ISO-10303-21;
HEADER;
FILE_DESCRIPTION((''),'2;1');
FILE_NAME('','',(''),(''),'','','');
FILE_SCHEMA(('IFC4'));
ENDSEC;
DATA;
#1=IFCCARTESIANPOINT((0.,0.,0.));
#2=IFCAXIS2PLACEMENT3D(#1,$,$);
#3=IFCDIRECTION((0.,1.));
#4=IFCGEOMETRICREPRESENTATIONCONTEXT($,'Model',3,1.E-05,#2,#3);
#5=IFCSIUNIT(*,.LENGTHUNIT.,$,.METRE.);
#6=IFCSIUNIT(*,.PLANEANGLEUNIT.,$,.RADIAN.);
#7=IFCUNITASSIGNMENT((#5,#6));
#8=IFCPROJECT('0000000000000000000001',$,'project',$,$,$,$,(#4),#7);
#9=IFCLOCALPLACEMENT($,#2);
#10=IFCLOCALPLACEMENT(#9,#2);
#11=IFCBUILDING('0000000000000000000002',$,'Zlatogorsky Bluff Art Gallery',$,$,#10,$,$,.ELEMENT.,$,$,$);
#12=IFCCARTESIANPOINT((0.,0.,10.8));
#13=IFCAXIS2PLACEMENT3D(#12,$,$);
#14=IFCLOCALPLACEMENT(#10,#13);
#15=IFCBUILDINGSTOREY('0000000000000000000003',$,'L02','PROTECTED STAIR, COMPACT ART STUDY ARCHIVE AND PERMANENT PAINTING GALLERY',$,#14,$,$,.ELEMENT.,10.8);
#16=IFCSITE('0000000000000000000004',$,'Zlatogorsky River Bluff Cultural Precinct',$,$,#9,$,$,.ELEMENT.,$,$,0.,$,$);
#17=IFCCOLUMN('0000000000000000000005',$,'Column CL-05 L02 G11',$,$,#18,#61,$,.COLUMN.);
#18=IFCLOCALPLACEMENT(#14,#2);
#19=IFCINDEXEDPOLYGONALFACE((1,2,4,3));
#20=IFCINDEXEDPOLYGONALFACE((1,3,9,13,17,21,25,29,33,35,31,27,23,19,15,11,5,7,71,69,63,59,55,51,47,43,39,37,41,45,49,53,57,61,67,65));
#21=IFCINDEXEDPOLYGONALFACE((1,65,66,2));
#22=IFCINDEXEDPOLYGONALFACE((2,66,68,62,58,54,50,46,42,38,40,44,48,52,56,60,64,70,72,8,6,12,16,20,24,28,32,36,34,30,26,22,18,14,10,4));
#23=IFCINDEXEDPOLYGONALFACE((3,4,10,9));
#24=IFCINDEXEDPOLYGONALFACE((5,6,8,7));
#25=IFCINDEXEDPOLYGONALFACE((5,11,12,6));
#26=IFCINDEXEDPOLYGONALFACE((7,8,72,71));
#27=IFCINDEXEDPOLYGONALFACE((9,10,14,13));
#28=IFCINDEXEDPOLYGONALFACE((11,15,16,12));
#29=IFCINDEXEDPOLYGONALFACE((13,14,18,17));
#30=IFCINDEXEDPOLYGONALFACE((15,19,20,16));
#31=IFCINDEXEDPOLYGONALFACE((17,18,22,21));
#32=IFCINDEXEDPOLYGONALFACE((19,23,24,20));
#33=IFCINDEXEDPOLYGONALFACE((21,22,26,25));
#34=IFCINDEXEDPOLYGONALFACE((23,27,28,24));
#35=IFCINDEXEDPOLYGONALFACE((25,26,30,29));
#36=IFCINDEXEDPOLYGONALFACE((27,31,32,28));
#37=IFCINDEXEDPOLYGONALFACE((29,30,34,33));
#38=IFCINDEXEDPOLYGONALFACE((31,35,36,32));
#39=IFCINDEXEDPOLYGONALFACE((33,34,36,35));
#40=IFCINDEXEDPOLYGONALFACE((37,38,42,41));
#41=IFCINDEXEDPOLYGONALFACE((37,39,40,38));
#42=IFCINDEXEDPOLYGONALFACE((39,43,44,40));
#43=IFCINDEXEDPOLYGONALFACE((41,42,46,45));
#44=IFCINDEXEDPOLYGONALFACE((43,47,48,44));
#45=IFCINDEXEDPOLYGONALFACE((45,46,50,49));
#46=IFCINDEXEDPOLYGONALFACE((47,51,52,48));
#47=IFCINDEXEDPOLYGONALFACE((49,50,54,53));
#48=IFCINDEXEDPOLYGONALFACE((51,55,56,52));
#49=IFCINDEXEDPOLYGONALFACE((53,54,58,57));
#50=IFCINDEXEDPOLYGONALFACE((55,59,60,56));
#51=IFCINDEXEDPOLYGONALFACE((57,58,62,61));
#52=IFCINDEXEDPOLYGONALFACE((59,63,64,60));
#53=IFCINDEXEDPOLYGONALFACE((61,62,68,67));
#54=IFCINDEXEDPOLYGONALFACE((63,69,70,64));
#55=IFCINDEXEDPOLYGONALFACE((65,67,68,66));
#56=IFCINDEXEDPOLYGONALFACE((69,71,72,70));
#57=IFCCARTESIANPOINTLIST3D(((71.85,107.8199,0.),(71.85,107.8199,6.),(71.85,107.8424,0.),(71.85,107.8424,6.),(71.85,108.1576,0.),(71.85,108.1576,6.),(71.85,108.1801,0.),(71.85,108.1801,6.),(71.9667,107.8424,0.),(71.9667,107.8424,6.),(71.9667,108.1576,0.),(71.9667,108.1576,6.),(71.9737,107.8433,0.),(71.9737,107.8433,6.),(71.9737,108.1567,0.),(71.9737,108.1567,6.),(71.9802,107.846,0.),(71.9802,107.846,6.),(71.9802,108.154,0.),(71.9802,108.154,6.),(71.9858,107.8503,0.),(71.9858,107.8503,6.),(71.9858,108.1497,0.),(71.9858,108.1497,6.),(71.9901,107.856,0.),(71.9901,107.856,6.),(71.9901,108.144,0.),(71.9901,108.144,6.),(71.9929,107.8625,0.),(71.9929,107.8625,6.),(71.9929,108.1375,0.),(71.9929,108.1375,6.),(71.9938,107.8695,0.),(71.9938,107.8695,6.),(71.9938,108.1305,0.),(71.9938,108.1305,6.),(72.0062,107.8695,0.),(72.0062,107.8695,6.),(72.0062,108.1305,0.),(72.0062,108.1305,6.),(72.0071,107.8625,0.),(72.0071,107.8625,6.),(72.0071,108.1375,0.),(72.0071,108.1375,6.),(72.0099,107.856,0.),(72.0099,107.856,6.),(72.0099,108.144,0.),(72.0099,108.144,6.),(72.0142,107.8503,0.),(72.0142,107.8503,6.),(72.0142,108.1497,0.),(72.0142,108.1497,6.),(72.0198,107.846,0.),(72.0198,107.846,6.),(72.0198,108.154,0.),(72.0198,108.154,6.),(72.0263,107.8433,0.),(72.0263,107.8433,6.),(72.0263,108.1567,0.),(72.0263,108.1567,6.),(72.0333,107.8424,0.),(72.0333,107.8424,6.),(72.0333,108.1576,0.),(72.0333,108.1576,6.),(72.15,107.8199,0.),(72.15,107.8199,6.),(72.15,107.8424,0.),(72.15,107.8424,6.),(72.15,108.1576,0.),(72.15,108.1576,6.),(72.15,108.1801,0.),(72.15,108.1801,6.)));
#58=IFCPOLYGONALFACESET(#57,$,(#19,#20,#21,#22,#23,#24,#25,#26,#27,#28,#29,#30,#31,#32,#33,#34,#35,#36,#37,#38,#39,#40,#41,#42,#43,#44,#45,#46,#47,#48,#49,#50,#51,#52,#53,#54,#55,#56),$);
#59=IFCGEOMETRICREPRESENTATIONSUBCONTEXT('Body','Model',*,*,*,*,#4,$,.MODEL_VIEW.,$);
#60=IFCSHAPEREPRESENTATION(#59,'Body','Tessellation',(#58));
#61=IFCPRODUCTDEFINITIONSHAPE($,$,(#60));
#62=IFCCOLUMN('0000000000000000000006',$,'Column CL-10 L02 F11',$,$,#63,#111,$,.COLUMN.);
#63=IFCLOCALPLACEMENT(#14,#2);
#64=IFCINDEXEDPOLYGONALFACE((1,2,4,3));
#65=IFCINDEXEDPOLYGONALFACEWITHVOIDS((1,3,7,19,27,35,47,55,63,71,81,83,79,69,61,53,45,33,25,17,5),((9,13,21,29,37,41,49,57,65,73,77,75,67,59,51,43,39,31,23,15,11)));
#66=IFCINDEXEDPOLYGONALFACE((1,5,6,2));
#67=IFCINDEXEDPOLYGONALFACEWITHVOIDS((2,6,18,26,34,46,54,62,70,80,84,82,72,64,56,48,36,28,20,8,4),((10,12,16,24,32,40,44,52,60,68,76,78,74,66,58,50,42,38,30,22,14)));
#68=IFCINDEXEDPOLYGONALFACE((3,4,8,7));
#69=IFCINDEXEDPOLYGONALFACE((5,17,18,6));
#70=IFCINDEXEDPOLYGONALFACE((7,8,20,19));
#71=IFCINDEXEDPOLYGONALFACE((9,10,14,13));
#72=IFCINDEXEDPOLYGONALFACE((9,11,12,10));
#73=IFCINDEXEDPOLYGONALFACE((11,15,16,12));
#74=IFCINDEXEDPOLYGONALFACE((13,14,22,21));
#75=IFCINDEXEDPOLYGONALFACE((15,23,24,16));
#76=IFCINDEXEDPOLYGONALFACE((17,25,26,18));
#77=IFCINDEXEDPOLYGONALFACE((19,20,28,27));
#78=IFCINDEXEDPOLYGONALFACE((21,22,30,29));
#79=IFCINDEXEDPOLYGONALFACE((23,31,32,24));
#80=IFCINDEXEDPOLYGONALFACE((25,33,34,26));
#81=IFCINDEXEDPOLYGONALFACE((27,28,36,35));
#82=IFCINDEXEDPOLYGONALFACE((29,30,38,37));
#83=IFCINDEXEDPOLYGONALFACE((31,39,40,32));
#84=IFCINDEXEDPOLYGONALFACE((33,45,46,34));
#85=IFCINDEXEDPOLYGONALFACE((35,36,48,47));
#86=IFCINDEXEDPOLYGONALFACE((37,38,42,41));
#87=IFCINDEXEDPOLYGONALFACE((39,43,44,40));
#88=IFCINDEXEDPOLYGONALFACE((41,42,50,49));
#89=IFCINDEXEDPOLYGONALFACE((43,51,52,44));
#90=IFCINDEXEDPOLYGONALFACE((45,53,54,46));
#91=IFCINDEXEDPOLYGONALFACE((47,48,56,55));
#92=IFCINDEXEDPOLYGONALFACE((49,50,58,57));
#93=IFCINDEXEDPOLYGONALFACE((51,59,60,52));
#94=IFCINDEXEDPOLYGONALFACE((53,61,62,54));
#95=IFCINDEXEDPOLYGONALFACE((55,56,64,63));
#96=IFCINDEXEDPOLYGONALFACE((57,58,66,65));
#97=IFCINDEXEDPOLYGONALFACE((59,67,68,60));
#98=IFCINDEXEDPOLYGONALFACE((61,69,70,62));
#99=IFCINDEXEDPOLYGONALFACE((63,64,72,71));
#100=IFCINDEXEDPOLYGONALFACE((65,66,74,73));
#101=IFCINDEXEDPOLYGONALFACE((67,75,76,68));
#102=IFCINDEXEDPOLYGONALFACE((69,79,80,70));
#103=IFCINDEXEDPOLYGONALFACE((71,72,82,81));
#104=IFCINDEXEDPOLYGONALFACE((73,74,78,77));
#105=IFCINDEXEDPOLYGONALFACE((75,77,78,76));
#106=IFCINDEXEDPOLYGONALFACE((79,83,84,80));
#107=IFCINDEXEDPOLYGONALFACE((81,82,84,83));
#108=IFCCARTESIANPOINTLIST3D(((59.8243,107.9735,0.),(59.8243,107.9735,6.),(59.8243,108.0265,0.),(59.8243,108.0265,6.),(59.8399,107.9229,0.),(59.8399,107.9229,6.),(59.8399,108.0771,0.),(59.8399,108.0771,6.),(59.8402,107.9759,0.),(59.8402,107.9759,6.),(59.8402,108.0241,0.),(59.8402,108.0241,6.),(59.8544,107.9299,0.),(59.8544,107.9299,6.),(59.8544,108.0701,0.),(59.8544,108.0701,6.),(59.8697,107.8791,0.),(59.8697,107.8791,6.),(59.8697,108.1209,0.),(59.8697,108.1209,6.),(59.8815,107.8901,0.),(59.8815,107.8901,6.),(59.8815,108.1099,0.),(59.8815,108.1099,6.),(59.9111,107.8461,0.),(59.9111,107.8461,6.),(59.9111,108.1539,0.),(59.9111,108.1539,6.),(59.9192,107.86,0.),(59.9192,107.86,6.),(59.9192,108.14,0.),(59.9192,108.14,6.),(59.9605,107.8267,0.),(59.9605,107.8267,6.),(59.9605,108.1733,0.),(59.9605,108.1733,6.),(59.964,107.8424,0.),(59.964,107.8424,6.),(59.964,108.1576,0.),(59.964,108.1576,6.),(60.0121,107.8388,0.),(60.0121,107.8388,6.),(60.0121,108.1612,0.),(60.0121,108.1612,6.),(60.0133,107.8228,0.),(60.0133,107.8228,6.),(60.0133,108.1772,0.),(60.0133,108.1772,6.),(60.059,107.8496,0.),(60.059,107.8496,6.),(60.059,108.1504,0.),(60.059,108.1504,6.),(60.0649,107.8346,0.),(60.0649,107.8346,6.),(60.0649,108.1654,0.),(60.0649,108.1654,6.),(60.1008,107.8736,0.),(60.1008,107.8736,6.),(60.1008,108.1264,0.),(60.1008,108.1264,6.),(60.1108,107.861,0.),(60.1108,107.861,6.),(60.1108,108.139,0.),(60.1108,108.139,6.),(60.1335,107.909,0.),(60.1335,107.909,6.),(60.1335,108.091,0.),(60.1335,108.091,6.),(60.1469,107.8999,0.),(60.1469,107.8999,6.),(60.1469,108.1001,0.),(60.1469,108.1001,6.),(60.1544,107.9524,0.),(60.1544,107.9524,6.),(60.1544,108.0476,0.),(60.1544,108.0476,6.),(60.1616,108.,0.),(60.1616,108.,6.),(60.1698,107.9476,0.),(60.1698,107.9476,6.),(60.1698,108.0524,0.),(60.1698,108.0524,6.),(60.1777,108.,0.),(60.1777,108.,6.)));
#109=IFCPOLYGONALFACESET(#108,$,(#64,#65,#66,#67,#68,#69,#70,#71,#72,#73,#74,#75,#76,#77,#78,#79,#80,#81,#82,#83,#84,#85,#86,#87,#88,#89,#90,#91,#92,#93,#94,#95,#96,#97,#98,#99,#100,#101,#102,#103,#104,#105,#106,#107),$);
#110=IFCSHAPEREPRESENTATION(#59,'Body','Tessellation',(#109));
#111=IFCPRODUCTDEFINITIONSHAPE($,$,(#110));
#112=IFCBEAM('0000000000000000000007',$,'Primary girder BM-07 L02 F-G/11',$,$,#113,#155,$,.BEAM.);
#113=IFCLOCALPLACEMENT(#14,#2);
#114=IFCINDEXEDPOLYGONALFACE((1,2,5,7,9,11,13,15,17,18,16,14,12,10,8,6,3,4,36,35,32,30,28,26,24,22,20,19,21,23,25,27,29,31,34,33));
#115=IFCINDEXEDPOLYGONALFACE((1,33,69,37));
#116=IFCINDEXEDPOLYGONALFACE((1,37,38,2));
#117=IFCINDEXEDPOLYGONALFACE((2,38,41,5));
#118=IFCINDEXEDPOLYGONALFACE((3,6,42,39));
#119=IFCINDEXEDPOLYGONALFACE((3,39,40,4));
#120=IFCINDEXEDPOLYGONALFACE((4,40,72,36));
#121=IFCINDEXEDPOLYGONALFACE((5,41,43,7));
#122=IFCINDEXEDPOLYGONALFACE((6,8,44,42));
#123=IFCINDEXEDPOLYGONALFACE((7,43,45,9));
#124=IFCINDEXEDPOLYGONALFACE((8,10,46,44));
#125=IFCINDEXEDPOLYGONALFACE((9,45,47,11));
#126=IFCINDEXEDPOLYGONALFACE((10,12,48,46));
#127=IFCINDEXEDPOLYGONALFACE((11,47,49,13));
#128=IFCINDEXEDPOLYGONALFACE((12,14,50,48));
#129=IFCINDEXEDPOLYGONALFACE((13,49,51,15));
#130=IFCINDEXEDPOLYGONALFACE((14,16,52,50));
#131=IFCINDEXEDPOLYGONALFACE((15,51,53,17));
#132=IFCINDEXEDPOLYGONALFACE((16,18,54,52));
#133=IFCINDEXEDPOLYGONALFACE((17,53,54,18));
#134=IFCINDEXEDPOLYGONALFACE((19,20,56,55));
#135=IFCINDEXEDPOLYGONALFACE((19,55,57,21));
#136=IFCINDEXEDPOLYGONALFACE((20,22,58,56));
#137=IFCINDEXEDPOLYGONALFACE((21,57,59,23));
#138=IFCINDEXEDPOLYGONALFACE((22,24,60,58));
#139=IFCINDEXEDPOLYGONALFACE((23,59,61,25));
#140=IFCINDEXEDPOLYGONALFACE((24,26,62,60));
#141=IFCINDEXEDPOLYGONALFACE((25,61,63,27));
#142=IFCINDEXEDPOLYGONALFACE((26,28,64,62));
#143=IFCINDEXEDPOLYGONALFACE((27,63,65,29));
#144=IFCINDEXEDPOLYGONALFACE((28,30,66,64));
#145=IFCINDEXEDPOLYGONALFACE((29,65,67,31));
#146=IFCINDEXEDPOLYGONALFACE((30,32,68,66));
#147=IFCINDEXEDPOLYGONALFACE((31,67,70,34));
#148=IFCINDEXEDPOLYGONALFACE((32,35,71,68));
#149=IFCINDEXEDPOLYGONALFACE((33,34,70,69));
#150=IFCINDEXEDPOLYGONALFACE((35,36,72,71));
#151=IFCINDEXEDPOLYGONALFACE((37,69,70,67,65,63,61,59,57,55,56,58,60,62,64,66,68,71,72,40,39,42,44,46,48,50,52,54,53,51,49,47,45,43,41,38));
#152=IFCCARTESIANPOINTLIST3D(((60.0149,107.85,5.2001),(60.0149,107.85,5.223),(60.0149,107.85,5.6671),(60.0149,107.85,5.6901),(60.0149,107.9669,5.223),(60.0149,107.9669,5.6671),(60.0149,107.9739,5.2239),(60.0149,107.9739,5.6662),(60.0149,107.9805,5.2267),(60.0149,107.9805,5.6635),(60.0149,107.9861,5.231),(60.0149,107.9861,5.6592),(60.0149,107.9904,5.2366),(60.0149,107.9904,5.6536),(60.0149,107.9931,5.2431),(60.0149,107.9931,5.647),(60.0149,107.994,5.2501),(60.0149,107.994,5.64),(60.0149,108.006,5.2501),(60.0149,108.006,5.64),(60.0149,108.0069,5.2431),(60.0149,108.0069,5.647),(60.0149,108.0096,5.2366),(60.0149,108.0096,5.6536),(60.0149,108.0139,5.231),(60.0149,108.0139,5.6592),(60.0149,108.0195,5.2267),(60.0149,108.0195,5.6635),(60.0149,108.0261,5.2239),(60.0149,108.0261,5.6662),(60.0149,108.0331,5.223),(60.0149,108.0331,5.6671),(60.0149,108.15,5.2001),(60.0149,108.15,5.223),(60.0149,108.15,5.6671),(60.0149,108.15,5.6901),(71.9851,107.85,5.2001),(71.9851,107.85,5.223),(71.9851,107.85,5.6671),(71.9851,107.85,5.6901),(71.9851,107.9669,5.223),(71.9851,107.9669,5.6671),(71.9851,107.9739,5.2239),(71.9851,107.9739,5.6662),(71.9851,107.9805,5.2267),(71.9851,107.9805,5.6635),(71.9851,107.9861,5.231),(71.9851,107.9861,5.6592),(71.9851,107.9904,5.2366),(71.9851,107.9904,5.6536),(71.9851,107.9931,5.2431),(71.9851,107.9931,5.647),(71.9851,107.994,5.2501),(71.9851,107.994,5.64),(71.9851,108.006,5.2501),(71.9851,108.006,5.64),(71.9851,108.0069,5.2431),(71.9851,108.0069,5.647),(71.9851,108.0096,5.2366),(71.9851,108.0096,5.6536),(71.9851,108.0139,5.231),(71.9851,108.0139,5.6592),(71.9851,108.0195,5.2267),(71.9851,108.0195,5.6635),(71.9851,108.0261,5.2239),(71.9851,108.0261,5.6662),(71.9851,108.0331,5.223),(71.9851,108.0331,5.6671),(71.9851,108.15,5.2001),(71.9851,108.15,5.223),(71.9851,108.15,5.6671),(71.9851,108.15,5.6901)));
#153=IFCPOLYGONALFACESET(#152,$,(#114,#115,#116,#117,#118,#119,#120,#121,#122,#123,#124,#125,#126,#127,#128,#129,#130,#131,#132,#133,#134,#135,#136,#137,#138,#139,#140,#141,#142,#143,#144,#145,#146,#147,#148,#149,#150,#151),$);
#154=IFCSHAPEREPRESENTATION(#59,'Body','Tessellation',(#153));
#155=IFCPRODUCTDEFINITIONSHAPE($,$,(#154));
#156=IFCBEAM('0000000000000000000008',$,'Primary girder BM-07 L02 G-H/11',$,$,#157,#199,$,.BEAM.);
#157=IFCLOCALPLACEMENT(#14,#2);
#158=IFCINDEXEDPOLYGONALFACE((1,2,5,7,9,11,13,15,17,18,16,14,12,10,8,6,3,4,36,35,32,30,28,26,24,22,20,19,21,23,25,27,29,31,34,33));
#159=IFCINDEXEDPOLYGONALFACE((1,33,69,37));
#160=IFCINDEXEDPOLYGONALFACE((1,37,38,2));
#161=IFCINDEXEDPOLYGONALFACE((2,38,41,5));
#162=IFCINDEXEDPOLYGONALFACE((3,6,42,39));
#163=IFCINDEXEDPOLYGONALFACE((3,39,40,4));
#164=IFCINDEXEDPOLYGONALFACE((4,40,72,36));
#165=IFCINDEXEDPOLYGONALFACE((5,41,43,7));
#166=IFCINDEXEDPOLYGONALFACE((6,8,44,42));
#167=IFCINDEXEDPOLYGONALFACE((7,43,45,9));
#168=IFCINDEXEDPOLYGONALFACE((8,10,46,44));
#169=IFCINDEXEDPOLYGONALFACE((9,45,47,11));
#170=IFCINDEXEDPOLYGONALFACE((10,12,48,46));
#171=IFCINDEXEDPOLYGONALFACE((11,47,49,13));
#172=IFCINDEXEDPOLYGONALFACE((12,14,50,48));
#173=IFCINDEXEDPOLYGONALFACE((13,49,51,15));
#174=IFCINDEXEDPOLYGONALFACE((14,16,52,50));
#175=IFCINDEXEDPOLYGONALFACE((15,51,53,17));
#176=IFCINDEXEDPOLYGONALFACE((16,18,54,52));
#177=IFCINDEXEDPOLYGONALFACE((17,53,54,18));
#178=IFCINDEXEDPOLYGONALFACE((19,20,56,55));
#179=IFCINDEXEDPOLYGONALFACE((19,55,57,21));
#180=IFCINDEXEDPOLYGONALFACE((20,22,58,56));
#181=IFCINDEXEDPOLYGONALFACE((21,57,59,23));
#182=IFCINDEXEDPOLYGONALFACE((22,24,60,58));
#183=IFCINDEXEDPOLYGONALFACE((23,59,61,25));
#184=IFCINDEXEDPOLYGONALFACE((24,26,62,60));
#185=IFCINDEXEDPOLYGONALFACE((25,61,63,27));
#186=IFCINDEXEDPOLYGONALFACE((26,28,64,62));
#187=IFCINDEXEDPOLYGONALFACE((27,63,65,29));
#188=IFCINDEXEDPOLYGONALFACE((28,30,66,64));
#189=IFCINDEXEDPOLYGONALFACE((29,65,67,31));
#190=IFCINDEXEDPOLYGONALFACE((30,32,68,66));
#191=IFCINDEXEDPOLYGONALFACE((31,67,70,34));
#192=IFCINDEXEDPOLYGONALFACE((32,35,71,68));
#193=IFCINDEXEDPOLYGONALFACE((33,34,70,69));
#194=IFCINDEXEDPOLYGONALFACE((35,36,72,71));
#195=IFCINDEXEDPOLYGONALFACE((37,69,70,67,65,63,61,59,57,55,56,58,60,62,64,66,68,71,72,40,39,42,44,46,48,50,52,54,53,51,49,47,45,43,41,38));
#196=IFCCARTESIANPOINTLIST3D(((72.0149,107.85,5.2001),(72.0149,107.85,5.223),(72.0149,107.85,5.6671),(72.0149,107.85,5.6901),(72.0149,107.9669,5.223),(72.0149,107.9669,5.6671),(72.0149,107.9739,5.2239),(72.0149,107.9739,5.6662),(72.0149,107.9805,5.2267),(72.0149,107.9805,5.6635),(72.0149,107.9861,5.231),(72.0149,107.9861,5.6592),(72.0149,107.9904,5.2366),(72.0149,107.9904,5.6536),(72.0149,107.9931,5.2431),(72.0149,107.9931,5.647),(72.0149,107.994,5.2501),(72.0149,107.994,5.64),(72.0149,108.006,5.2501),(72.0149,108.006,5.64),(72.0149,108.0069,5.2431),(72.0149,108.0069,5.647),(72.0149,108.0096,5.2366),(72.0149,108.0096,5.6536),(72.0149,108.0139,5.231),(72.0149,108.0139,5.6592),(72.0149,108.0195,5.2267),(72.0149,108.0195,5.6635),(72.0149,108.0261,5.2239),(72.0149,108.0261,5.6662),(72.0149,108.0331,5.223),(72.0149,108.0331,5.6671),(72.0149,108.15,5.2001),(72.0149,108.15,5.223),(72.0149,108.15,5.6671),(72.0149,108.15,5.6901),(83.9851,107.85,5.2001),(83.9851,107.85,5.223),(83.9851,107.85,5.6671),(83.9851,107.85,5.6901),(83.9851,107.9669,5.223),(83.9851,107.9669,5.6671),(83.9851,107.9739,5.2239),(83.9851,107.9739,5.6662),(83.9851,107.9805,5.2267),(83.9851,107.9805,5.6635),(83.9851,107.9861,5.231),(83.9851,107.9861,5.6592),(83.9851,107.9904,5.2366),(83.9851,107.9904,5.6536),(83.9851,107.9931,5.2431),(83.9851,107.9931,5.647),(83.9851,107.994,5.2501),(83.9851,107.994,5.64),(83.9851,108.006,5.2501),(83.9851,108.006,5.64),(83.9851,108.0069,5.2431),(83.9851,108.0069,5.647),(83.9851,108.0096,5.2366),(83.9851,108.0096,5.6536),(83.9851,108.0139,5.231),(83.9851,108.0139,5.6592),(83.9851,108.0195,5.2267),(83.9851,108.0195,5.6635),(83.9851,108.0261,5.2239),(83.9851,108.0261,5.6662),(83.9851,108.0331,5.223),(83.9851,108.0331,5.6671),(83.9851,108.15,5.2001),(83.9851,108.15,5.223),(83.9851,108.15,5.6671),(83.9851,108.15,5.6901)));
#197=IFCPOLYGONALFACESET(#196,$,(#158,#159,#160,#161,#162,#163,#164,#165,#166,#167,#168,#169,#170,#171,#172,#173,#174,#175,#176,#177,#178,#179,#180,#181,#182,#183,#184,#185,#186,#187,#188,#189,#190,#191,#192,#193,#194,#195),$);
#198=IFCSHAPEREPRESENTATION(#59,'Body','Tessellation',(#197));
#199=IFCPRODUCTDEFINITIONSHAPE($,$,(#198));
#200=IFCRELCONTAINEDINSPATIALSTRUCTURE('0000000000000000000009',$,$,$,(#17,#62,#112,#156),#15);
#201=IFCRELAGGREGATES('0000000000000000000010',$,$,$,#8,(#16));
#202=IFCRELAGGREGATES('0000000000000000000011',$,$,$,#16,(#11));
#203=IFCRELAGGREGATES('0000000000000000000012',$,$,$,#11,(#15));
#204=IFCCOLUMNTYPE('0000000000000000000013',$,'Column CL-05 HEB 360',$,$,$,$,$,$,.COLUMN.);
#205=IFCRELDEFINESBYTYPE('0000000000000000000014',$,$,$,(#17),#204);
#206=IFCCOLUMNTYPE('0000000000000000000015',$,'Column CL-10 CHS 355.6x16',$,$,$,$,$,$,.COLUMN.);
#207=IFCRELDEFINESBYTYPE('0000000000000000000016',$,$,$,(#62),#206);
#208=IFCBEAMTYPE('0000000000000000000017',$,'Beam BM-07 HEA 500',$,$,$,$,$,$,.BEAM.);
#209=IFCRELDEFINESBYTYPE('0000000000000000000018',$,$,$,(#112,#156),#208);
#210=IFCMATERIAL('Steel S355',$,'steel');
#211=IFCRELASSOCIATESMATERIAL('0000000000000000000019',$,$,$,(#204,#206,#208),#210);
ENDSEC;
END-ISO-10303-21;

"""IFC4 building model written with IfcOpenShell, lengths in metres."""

from ifc_helpers import new_model, si_unit, direction, frame, origin, origin_2d, place, context, subcontext, project, spatial, hollow_circle, i_section, extrude, material, material_profile, profile_set, type_object, element, save


model = new_model("IFC4")

# Units and contexts
model_context = context("Model", 3, precision=1e-05, world=origin(), true_north=direction((0.0, 1.0)))
body_context = subcontext(model_context, "Body", "Model", "MODEL_VIEW")
ifc_project = project(units=[si_unit("LENGTHUNIT", "METRE"), si_unit("PLANEANGLEUNIT", "RADIAN")], contexts=[model_context])

# Site, building, storey
site_placement = place(None, origin())
site = spatial("IfcSite", under=ifc_project, at=site_placement, Name="Zlatogorsky River Bluff Cultural Precinct", CompositionType="ELEMENT", RefElevation=0.0)
building_placement = place(site_placement, origin())
building = spatial("IfcBuilding", under=site, at=building_placement, Name="Zlatogorsky Bluff Art Gallery", CompositionType="ELEMENT")
storey_placement = place(building_placement, frame((0.0, 0.0, 10.8)))
storey = spatial("IfcBuildingStorey", under=building, at=storey_placement, Name="L02", Description="PROTECTED STAIR, COMPACT ART STUDY ARCHIVE AND PERMANENT PAINTING GALLERY", CompositionType="ELEMENT", Elevation=10.8)

# Columns
ifc_material = material(Name="Steel S355", Category="steel")
ifc_material_profile_1 = material_profile(ifc_material, i_section(OverallWidth=0.3, OverallDepth=0.3601, WebThickness=0.0125, FlangeThickness=0.0225, FilletRadius=0.0271, at=origin_2d()), Name="HEB 360")
ifc_profile_set_1 = profile_set([ifc_material_profile_1], Name="Steel S355")
column_type_1 = type_object("IfcColumnType", Name="Column CL-05 HEB 360", PredefinedType="COLUMN", material=ifc_profile_set_1)
column_1_placement = place(storey_placement, frame((72.0, 108.0, 0.0), z_axis=(0.0, 0.0, 1.0), x_axis=(1.0, 0.0, 0.0)))
element("IfcColumn", 1, at=column_1_placement, inside=storey, type_object=column_type_1, Name="Column CL-05 L02 G11", PredefinedType="COLUMN", context=body_context, shape_type="SweptSolid", body=[
    extrude(i_section(OverallWidth=0.3, OverallDepth=0.3601, WebThickness=0.0125, FlangeThickness=0.0225, FilletRadius=0.0271, at=origin_2d()), origin(), (0.0, 0.0, 1.0), 6.0),
])
ifc_material_profile_2 = material_profile(ifc_material, hollow_circle(Radius=0.1777, WallThickness=0.0161, at=origin_2d()), Name="CHS 355.6x16")
ifc_profile_set_2 = profile_set([ifc_material_profile_2], Name="Steel S355")
column_type_2 = type_object("IfcColumnType", Name="Column CL-10 CHS 355.6x16", PredefinedType="COLUMN", material=ifc_profile_set_2)
column_2_placement = place(storey_placement, frame((60.0, 108.0, 0.0), z_axis=(0.0, 0.0, 1.0), x_axis=(1.0, 0.0, 0.0)))
element("IfcColumn", 2, at=column_2_placement, inside=storey, type_object=column_type_2, Name="Column CL-10 L02 F11", PredefinedType="COLUMN", context=body_context, shape_type="SweptSolid", body=[
    extrude(hollow_circle(Radius=0.1777, WallThickness=0.0161, at=origin_2d()), origin(), (0.0, 0.0, 1.0), 6.0),
])

# Beams
ifc_material_profile_3 = material_profile(ifc_material, i_section(OverallWidth=0.3, OverallDepth=0.49, WebThickness=0.012, FlangeThickness=0.0229, FilletRadius=0.0271, at=origin_2d()), Name="HEA 500")
ifc_profile_set_3 = profile_set([ifc_material_profile_3], Name="Steel S355")
beam_type_1 = type_object("IfcBeamType", Name="Beam BM-07 HEA 500", PredefinedType="BEAM", material=ifc_profile_set_3)
for number, where, z_axis, x_axis, name in (
    (3, (60.0149, 108.0, 5.4451), (1.0, 0.0, 0.0), (0.0, 1.0, 0.0), "Primary girder BM-07 L02 F-G/11"),
    (4, (72.0149, 108.0, 5.4451), (1.0, 0.0, 0.0), (0.0, 1.0, 0.0), "Primary girder BM-07 L02 G-H/11"),
):
    element("IfcBeam", number, at=place(storey_placement, frame(where, z_axis=z_axis, x_axis=x_axis)), inside=storey, type_object=beam_type_1, Name=name, PredefinedType="BEAM", context=body_context, shape_type="SweptSolid", body=[
        extrude(i_section(OverallWidth=0.3, OverallDepth=0.49, WebThickness=0.012, FlangeThickness=0.0229, FilletRadius=0.0271, at=origin_2d()), origin(), (0.0, 0.0, 1.0), 11.9702),
    ])

save(model, "model.ifc")
